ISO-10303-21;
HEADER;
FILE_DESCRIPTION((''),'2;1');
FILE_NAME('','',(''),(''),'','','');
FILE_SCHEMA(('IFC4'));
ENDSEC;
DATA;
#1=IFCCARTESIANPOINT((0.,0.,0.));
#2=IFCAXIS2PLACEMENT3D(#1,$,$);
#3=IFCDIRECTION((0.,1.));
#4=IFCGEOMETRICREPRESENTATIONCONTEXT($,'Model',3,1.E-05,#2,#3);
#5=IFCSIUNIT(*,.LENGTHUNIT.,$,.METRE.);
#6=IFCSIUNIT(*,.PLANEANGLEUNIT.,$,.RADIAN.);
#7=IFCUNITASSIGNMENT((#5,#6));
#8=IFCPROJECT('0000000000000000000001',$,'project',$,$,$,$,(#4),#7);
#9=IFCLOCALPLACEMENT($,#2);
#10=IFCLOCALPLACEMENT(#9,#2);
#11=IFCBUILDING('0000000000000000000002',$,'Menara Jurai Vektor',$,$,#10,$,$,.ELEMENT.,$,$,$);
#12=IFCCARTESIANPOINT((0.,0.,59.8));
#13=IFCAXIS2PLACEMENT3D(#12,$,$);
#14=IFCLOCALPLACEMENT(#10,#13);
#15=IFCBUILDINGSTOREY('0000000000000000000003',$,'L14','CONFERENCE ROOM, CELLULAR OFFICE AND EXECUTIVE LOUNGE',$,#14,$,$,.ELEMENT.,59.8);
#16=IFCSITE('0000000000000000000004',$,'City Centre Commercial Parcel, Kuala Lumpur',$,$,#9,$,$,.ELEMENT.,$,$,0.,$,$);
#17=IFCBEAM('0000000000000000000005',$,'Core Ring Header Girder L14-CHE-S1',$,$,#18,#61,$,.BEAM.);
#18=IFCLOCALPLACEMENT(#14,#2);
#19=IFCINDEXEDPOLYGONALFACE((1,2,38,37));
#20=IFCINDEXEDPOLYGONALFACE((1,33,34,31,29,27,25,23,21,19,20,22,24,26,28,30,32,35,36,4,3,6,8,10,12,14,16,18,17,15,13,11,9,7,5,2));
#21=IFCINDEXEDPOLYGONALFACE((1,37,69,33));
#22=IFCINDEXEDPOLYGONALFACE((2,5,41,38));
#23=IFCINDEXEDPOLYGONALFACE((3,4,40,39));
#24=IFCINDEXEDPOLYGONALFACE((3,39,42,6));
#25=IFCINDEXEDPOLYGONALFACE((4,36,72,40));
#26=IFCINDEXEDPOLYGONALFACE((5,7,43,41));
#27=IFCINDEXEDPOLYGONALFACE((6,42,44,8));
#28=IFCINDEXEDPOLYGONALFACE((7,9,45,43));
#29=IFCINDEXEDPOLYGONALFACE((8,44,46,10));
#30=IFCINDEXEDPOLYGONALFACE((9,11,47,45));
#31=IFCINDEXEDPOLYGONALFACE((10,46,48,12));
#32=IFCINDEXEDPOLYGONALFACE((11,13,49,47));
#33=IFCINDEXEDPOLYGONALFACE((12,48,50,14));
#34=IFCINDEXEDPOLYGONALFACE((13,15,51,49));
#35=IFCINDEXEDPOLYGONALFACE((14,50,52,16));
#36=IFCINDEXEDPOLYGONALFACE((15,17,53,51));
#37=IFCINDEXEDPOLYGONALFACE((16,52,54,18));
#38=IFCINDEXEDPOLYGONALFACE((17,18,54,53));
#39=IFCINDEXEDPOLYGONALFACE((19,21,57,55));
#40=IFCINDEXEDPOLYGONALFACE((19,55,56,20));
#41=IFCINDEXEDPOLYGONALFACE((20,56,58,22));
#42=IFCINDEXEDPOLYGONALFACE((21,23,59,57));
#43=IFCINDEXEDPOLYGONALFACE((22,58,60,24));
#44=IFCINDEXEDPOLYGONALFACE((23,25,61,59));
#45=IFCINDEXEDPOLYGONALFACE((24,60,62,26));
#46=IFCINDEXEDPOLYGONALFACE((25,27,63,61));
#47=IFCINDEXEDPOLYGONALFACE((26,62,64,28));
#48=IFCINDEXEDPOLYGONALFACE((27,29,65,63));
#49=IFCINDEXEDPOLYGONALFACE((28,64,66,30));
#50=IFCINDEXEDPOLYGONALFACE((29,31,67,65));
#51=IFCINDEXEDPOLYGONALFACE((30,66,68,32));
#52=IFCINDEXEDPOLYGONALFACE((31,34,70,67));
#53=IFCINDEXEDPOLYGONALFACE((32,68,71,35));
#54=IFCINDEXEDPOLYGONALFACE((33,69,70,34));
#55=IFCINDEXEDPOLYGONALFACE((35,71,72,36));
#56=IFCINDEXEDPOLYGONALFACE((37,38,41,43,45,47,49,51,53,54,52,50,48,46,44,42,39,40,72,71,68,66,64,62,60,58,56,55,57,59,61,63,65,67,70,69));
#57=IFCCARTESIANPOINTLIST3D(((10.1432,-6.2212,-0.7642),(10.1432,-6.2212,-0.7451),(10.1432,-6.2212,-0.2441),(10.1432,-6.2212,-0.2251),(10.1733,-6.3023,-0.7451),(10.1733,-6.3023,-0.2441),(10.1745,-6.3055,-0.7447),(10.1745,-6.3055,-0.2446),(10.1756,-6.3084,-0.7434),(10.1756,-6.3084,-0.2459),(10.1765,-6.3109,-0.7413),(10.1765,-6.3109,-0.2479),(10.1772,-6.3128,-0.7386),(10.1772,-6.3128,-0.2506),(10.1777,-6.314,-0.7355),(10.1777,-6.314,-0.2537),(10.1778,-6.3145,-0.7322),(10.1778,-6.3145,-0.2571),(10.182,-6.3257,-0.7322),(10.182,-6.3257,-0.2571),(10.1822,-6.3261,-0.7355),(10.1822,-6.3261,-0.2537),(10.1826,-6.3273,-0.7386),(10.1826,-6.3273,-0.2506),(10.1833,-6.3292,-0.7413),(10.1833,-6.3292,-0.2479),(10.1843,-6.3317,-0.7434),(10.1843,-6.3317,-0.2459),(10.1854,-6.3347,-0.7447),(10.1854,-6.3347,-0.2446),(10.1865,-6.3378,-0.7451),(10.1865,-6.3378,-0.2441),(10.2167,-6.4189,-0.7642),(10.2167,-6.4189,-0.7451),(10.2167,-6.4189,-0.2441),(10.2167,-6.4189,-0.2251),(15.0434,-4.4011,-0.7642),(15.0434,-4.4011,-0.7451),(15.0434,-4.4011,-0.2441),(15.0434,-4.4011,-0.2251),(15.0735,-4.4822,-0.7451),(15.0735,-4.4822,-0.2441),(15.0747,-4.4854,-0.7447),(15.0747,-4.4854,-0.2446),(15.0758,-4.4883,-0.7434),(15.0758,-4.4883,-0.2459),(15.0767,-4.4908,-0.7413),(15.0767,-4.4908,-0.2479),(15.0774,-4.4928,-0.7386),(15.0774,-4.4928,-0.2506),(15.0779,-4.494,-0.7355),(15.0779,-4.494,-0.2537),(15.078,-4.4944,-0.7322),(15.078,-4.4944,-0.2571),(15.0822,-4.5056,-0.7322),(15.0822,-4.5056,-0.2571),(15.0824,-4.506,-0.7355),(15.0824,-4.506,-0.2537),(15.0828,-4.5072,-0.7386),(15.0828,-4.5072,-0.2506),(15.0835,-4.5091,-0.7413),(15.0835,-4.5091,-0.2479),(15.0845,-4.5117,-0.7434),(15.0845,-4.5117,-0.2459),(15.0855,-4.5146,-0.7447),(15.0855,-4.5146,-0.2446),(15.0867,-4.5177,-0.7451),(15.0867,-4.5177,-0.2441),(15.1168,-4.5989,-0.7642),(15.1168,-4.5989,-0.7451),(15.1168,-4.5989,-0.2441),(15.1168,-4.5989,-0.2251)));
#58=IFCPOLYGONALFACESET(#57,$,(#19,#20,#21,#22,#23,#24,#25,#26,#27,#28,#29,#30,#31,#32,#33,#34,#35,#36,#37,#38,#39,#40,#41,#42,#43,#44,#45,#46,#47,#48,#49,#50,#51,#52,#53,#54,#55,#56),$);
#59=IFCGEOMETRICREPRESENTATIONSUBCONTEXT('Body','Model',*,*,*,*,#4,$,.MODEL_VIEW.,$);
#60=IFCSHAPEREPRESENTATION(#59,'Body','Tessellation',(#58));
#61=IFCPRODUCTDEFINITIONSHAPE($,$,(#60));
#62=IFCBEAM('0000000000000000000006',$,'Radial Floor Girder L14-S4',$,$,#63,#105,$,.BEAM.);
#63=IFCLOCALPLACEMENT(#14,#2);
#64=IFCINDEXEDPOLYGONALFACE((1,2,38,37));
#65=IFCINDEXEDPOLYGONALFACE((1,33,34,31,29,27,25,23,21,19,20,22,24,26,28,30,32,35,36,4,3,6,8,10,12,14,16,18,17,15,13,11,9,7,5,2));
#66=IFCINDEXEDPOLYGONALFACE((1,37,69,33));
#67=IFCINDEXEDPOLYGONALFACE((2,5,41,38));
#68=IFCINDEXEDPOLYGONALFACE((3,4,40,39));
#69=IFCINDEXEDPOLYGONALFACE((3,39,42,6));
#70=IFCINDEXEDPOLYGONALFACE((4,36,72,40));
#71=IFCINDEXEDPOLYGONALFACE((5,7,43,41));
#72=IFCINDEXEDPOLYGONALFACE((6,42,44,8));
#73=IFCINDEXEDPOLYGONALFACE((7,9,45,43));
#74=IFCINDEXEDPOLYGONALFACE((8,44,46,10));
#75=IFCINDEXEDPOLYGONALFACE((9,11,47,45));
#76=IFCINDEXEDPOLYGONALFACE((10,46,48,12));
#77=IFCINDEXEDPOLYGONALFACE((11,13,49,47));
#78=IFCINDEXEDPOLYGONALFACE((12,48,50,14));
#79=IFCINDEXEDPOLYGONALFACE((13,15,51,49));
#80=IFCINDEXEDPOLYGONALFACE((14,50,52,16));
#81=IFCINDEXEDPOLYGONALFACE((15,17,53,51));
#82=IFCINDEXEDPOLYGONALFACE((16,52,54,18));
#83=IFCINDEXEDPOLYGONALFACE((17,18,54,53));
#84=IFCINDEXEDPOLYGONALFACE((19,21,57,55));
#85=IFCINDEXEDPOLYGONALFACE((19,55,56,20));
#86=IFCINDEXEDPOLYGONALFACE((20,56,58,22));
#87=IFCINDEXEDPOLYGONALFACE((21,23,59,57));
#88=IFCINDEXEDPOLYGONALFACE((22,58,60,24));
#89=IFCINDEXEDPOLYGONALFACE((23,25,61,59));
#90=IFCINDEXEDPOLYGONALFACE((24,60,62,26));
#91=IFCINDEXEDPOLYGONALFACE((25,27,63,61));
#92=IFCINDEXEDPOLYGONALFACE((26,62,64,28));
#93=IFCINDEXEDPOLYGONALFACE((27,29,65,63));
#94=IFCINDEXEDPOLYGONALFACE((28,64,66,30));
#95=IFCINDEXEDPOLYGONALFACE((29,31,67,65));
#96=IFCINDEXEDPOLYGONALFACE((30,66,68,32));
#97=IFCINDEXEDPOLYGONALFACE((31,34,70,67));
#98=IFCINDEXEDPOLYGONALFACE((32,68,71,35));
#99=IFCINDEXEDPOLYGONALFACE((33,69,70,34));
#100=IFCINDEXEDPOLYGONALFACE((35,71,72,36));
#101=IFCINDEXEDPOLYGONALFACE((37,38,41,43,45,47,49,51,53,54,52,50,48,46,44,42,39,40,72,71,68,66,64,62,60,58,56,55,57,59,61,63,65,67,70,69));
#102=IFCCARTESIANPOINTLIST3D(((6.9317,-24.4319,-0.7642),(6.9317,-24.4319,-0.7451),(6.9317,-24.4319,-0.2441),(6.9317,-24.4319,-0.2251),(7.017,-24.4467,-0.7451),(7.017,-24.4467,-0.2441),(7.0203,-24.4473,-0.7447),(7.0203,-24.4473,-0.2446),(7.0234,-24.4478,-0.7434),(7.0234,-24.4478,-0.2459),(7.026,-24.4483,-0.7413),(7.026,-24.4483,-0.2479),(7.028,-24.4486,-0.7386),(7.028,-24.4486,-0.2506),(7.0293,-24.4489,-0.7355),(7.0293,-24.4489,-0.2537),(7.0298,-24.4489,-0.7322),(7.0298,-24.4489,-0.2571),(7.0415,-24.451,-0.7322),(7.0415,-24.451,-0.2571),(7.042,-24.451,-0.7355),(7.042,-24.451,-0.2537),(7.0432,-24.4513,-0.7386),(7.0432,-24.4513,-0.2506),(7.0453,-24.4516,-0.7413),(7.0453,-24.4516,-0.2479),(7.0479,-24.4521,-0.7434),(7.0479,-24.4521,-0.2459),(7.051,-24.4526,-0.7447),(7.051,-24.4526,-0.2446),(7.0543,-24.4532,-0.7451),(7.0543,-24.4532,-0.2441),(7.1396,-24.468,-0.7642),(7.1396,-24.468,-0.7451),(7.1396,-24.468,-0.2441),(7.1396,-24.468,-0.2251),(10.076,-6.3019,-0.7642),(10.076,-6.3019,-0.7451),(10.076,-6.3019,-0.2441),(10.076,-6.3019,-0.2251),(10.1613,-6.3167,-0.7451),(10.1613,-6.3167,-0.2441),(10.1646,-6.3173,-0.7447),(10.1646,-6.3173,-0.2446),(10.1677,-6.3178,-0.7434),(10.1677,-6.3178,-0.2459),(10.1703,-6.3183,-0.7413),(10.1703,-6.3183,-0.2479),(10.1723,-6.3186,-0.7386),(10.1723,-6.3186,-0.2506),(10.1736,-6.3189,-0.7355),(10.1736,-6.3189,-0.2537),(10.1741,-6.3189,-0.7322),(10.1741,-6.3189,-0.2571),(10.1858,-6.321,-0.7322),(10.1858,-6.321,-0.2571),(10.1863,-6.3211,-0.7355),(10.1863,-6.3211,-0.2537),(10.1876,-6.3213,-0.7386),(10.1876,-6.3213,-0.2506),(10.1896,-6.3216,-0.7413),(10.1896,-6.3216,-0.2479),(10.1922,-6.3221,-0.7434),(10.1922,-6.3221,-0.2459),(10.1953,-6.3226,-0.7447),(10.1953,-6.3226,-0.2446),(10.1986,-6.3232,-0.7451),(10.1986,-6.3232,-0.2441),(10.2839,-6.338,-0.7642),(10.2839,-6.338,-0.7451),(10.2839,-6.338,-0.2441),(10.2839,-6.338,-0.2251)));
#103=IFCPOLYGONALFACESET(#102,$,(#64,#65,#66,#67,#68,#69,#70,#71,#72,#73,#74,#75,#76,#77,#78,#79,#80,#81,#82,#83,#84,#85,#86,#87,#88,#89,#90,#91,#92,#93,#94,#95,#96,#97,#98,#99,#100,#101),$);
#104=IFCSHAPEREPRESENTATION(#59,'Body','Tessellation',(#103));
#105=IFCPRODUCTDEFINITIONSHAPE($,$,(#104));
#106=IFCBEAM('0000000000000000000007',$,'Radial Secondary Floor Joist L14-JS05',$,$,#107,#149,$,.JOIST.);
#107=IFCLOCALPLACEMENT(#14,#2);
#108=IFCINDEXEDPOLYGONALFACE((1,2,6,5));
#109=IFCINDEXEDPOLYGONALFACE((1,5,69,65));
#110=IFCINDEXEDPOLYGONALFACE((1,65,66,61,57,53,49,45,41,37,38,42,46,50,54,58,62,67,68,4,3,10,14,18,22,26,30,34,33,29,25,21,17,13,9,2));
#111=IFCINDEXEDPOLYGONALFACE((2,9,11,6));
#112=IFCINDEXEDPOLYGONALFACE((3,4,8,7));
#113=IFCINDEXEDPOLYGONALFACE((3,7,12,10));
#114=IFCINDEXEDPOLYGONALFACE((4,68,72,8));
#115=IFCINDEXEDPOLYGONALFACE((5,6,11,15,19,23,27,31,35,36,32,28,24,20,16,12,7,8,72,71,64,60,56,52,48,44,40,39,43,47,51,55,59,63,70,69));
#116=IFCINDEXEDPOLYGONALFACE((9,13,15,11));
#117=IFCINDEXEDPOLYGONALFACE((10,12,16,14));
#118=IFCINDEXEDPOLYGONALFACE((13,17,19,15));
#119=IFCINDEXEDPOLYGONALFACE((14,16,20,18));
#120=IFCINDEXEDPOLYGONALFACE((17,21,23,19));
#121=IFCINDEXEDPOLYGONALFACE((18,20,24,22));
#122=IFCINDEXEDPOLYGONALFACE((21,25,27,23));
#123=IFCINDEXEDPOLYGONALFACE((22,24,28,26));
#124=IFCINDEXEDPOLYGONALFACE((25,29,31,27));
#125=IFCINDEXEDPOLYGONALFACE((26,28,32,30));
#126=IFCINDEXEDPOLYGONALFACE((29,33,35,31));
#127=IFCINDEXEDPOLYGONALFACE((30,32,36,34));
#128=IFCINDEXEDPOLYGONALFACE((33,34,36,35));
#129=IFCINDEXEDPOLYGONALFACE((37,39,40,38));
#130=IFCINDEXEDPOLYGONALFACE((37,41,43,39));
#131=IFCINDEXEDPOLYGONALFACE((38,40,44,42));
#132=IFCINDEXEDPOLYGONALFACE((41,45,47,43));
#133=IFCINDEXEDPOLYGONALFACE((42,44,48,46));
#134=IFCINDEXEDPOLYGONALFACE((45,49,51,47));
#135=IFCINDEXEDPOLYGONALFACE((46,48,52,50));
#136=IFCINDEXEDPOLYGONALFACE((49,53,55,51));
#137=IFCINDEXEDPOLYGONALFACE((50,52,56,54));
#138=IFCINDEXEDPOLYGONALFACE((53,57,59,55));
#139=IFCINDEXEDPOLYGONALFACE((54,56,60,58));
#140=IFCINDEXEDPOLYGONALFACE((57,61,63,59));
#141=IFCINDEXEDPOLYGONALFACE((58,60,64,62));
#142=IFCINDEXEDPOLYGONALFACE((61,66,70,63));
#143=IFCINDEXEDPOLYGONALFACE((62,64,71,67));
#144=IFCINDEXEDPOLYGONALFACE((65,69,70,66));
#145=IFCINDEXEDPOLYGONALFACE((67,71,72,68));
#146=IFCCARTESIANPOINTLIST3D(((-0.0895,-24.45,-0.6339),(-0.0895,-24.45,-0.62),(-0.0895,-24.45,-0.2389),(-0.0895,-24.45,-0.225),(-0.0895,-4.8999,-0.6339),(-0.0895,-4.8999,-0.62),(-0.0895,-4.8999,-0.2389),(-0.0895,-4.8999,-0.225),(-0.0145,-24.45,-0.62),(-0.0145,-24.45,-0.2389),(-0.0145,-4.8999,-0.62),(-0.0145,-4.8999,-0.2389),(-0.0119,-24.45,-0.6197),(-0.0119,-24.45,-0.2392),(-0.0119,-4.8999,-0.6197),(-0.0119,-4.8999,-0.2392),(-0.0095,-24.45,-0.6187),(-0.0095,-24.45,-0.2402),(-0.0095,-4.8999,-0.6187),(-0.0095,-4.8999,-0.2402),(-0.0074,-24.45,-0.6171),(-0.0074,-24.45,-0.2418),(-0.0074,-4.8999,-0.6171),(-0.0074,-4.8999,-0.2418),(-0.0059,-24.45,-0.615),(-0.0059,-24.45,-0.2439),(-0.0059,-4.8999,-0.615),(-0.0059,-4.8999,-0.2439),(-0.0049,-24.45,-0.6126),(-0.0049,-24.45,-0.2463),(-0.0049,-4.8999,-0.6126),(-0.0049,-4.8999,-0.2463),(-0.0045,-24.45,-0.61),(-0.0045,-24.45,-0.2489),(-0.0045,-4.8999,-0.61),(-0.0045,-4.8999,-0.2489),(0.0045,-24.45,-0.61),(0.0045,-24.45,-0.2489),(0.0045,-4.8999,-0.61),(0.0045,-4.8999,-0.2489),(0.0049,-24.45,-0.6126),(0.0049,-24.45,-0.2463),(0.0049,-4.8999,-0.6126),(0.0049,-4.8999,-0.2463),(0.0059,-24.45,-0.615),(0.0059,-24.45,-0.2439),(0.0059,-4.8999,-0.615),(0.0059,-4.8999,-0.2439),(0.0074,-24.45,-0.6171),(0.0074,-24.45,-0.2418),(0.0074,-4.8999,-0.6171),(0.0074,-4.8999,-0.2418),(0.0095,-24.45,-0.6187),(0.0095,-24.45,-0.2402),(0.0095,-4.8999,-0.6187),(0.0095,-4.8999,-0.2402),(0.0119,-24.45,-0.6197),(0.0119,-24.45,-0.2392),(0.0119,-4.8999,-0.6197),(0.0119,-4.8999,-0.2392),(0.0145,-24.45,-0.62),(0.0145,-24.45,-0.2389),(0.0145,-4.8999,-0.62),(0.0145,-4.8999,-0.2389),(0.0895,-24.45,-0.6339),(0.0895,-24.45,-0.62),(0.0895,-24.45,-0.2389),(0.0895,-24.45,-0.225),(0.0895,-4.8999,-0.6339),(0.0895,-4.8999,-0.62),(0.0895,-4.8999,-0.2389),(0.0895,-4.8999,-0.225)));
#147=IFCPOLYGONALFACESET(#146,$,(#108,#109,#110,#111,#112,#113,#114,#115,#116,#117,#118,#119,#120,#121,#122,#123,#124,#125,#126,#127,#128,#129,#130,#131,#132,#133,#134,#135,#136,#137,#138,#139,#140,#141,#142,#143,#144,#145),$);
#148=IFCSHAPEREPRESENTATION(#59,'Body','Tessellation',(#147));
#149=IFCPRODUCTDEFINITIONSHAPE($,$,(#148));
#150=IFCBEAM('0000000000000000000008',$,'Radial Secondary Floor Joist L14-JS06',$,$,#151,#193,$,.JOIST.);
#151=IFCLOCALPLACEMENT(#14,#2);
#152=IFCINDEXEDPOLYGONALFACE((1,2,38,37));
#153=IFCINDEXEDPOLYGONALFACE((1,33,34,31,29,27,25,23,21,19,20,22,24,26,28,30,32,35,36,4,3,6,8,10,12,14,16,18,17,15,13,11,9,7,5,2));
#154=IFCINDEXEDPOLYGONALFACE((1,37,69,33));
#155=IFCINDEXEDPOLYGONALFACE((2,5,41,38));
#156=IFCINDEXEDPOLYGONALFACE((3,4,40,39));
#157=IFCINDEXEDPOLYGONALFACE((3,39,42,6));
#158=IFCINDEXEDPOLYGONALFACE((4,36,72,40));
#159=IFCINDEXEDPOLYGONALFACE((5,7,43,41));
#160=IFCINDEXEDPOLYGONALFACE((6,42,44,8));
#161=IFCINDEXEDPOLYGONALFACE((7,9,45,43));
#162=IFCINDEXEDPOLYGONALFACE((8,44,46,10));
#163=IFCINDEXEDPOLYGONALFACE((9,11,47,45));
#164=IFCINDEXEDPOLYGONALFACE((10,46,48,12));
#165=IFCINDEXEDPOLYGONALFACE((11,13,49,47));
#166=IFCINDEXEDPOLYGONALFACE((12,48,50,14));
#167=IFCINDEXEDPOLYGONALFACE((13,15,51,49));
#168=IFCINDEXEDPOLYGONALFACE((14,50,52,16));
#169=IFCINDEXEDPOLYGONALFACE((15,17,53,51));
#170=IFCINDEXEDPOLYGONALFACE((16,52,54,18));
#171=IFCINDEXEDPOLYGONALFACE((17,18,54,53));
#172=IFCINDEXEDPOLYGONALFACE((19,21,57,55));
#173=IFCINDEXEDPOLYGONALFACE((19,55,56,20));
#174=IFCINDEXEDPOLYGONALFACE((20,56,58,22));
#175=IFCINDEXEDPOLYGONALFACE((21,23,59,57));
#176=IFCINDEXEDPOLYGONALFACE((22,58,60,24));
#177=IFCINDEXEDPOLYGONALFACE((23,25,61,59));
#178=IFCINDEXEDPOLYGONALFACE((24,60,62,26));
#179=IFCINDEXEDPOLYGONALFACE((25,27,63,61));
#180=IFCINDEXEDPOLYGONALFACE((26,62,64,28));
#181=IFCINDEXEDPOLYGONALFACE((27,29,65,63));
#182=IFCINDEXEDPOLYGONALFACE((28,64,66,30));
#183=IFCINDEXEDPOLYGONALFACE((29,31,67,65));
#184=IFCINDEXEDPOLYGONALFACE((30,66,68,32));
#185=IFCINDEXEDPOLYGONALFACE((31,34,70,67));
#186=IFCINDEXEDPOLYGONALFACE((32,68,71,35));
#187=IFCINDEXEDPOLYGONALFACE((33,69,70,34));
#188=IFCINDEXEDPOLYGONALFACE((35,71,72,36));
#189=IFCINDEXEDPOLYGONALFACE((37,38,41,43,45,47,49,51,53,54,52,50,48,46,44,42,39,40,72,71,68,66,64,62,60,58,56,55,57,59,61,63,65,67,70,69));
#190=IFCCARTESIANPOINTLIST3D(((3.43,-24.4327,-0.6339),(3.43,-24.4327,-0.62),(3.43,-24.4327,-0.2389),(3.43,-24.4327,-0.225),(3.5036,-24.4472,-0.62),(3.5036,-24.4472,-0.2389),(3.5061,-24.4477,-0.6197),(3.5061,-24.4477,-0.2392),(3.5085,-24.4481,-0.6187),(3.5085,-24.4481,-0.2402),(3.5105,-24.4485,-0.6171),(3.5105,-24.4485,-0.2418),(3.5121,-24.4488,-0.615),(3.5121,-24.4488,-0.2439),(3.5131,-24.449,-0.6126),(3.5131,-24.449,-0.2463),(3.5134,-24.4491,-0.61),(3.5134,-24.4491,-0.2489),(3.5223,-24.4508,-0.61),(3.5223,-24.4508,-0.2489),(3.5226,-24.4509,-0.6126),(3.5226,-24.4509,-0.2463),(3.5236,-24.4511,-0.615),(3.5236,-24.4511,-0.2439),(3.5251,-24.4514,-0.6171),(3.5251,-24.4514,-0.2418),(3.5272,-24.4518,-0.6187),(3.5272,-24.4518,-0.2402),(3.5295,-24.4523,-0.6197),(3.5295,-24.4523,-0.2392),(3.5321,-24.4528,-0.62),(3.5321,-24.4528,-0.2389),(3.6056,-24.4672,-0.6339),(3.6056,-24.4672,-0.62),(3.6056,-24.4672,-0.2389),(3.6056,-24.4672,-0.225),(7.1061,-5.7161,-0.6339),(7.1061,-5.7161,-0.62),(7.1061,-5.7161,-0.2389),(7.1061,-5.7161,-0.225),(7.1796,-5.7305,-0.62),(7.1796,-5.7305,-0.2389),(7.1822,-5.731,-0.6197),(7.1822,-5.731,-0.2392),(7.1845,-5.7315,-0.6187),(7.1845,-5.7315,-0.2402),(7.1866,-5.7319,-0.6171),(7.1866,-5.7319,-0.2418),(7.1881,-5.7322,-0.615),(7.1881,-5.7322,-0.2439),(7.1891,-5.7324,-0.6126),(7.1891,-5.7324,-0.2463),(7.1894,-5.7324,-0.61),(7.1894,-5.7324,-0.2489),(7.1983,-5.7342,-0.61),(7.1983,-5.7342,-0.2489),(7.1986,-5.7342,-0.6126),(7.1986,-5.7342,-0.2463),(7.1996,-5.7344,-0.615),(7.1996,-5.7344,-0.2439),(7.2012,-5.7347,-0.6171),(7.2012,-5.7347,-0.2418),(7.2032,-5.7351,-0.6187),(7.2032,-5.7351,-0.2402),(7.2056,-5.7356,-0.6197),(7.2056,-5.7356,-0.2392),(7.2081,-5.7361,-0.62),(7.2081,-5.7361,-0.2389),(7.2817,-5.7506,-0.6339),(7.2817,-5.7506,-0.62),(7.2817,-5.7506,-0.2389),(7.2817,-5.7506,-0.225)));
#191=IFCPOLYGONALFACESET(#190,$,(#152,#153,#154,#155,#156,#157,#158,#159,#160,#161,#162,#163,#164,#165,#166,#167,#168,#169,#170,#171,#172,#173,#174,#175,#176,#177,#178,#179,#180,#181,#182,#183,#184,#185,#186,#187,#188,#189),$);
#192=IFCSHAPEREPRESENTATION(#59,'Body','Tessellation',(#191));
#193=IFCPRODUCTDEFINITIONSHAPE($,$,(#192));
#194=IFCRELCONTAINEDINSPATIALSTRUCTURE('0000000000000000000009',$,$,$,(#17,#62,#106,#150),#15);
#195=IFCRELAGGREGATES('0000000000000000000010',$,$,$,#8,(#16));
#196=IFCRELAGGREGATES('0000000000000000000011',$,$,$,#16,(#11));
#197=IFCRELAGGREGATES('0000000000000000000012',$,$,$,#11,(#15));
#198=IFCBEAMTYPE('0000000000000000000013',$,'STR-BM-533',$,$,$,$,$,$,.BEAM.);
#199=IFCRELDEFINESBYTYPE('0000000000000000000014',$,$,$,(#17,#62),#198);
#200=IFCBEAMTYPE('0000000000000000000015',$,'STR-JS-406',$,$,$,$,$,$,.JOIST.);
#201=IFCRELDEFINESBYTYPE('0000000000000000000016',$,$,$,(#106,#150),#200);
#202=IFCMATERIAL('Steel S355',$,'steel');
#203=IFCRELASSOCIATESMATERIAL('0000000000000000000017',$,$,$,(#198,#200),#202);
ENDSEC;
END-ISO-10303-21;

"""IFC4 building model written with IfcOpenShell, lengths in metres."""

from ifc_helpers import new_model, si_unit, direction, frame, origin, origin_2d, place, context, subcontext, project, spatial, i_section, extrude, material, material_profile, profile_set, type_object, element, save


model = new_model("IFC4")

# Units and contexts
model_context = context("Model", 3, precision=1e-05, world=origin(), true_north=direction((0.0, 1.0)))
body_context = subcontext(model_context, "Body", "Model", "MODEL_VIEW")
ifc_project = project(units=[si_unit("LENGTHUNIT", "METRE"), si_unit("PLANEANGLEUNIT", "RADIAN")], contexts=[model_context])

# Site, building, storey
site_placement = place(None, origin())
site = spatial("IfcSite", under=ifc_project, at=site_placement, Name="City Centre Commercial Parcel, Kuala Lumpur", CompositionType="ELEMENT", RefElevation=0.0)
building_placement = place(site_placement, origin())
building = spatial("IfcBuilding", under=site, at=building_placement, Name="Menara Jurai Vektor", CompositionType="ELEMENT")
storey_placement = place(building_placement, frame((0.0, 0.0, 59.8)))
storey = spatial("IfcBuildingStorey", under=building, at=storey_placement, Name="L14", Description="CONFERENCE ROOM, CELLULAR OFFICE AND EXECUTIVE LOUNGE", CompositionType="ELEMENT", Elevation=59.8)

# Beams
ifc_material_1 = material(Name="Steel S355", Category="steel")
ifc_material_profile_1 = material_profile(ifc_material_1, i_section(OverallWidth=0.2109, OverallDepth=0.5391, WebThickness=0.012, FlangeThickness=0.019, FilletRadius=0.0129, at=origin_2d()), Name="UKB 533x210x109")
ifc_profile_set_1 = profile_set([ifc_material_profile_1], Name="Steel S355")
beam_type_1 = type_object("IfcBeamType", Name="STR-BM-533", PredefinedType="BEAM", material=ifc_profile_set_1)
beam_1_placement = place(storey_placement, frame((10.1799, -6.3201, -0.4946), z_axis=(0.937424, 0.348189, 0.0), x_axis=(-0.348189, 0.937424, 0.0)))
element("IfcBeam", 1, at=beam_1_placement, inside=storey, type_object=beam_type_1, Name="Core Ring Header Girder L14-CHE-S1", PredefinedType="BEAM", context=body_context, shape_type="SweptSolid", body=[
    extrude(i_section(OverallWidth=0.2109, OverallDepth=0.5391, WebThickness=0.012, FlangeThickness=0.019, FilletRadius=0.0129, at=origin_2d()), origin(), (0.0, 0.0, 1.0), 5.2273),
])
beam_2_placement = place(storey_placement, frame((7.0356, -24.45, -0.4946), z_axis=(0.17088, 0.985292, 0.0), x_axis=(-0.985292, 0.17088, 0.0)))
element("IfcBeam", 2, at=beam_2_placement, inside=storey, type_object=beam_type_1, Name="Radial Floor Girder L14-S4", PredefinedType="BEAM", context=body_context, shape_type="SweptSolid", body=[
    extrude(i_section(OverallWidth=0.2109, OverallDepth=0.5391, WebThickness=0.012, FlangeThickness=0.019, FilletRadius=0.0129, at=origin_2d()), origin(), (0.0, 0.0, 1.0), 18.4006),
])
ifc_material_profile_2 = material_profile(ifc_material_1, i_section(OverallWidth=0.179, OverallDepth=0.4089, WebThickness=0.009, FlangeThickness=0.0139, FilletRadius=0.01, at=origin_2d()), Name="UKB 406x178x67")
ifc_profile_set_2 = profile_set([ifc_material_profile_2], Name="Steel S355")
beam_type_2 = type_object("IfcBeamType", Name="STR-JS-406", PredefinedType="JOIST", material=ifc_profile_set_2)
beam_3_placement = place(storey_placement, frame((0.0, -24.45, -0.4294), z_axis=(0.0, 1.0, 0.0), x_axis=(-1.0, 0.0, 0.0)))
element("IfcBeam", 3, at=beam_3_placement, inside=storey, type_object=beam_type_2, Name="Radial Secondary Floor Joist L14-JS05", PredefinedType="JOIST", context=body_context, shape_type="SweptSolid", body=[
    extrude(i_section(OverallWidth=0.179, OverallDepth=0.4089, WebThickness=0.009, FlangeThickness=0.0139, FilletRadius=0.01, at=origin_2d()), origin(), (0.0, 0.0, 1.0), 19.55),
])
beam_4_placement = place(storey_placement, frame((3.5178, -24.45, -0.4294), z_axis=(0.192723, 0.981253, 0.0), x_axis=(-0.981253, 0.192723, 0.0)))
element("IfcBeam", 4, at=beam_4_placement, inside=storey, type_object=beam_type_2, Name="Radial Secondary Floor Joist L14-JS06", PredefinedType="JOIST", context=body_context, shape_type="SweptSolid", body=[
    extrude(i_section(OverallWidth=0.179, OverallDepth=0.4089, WebThickness=0.009, FlangeThickness=0.0139, FilletRadius=0.01, at=origin_2d()), origin(), (0.0, 0.0, 1.0), 19.0742),
])

save(model, "model.ifc")
